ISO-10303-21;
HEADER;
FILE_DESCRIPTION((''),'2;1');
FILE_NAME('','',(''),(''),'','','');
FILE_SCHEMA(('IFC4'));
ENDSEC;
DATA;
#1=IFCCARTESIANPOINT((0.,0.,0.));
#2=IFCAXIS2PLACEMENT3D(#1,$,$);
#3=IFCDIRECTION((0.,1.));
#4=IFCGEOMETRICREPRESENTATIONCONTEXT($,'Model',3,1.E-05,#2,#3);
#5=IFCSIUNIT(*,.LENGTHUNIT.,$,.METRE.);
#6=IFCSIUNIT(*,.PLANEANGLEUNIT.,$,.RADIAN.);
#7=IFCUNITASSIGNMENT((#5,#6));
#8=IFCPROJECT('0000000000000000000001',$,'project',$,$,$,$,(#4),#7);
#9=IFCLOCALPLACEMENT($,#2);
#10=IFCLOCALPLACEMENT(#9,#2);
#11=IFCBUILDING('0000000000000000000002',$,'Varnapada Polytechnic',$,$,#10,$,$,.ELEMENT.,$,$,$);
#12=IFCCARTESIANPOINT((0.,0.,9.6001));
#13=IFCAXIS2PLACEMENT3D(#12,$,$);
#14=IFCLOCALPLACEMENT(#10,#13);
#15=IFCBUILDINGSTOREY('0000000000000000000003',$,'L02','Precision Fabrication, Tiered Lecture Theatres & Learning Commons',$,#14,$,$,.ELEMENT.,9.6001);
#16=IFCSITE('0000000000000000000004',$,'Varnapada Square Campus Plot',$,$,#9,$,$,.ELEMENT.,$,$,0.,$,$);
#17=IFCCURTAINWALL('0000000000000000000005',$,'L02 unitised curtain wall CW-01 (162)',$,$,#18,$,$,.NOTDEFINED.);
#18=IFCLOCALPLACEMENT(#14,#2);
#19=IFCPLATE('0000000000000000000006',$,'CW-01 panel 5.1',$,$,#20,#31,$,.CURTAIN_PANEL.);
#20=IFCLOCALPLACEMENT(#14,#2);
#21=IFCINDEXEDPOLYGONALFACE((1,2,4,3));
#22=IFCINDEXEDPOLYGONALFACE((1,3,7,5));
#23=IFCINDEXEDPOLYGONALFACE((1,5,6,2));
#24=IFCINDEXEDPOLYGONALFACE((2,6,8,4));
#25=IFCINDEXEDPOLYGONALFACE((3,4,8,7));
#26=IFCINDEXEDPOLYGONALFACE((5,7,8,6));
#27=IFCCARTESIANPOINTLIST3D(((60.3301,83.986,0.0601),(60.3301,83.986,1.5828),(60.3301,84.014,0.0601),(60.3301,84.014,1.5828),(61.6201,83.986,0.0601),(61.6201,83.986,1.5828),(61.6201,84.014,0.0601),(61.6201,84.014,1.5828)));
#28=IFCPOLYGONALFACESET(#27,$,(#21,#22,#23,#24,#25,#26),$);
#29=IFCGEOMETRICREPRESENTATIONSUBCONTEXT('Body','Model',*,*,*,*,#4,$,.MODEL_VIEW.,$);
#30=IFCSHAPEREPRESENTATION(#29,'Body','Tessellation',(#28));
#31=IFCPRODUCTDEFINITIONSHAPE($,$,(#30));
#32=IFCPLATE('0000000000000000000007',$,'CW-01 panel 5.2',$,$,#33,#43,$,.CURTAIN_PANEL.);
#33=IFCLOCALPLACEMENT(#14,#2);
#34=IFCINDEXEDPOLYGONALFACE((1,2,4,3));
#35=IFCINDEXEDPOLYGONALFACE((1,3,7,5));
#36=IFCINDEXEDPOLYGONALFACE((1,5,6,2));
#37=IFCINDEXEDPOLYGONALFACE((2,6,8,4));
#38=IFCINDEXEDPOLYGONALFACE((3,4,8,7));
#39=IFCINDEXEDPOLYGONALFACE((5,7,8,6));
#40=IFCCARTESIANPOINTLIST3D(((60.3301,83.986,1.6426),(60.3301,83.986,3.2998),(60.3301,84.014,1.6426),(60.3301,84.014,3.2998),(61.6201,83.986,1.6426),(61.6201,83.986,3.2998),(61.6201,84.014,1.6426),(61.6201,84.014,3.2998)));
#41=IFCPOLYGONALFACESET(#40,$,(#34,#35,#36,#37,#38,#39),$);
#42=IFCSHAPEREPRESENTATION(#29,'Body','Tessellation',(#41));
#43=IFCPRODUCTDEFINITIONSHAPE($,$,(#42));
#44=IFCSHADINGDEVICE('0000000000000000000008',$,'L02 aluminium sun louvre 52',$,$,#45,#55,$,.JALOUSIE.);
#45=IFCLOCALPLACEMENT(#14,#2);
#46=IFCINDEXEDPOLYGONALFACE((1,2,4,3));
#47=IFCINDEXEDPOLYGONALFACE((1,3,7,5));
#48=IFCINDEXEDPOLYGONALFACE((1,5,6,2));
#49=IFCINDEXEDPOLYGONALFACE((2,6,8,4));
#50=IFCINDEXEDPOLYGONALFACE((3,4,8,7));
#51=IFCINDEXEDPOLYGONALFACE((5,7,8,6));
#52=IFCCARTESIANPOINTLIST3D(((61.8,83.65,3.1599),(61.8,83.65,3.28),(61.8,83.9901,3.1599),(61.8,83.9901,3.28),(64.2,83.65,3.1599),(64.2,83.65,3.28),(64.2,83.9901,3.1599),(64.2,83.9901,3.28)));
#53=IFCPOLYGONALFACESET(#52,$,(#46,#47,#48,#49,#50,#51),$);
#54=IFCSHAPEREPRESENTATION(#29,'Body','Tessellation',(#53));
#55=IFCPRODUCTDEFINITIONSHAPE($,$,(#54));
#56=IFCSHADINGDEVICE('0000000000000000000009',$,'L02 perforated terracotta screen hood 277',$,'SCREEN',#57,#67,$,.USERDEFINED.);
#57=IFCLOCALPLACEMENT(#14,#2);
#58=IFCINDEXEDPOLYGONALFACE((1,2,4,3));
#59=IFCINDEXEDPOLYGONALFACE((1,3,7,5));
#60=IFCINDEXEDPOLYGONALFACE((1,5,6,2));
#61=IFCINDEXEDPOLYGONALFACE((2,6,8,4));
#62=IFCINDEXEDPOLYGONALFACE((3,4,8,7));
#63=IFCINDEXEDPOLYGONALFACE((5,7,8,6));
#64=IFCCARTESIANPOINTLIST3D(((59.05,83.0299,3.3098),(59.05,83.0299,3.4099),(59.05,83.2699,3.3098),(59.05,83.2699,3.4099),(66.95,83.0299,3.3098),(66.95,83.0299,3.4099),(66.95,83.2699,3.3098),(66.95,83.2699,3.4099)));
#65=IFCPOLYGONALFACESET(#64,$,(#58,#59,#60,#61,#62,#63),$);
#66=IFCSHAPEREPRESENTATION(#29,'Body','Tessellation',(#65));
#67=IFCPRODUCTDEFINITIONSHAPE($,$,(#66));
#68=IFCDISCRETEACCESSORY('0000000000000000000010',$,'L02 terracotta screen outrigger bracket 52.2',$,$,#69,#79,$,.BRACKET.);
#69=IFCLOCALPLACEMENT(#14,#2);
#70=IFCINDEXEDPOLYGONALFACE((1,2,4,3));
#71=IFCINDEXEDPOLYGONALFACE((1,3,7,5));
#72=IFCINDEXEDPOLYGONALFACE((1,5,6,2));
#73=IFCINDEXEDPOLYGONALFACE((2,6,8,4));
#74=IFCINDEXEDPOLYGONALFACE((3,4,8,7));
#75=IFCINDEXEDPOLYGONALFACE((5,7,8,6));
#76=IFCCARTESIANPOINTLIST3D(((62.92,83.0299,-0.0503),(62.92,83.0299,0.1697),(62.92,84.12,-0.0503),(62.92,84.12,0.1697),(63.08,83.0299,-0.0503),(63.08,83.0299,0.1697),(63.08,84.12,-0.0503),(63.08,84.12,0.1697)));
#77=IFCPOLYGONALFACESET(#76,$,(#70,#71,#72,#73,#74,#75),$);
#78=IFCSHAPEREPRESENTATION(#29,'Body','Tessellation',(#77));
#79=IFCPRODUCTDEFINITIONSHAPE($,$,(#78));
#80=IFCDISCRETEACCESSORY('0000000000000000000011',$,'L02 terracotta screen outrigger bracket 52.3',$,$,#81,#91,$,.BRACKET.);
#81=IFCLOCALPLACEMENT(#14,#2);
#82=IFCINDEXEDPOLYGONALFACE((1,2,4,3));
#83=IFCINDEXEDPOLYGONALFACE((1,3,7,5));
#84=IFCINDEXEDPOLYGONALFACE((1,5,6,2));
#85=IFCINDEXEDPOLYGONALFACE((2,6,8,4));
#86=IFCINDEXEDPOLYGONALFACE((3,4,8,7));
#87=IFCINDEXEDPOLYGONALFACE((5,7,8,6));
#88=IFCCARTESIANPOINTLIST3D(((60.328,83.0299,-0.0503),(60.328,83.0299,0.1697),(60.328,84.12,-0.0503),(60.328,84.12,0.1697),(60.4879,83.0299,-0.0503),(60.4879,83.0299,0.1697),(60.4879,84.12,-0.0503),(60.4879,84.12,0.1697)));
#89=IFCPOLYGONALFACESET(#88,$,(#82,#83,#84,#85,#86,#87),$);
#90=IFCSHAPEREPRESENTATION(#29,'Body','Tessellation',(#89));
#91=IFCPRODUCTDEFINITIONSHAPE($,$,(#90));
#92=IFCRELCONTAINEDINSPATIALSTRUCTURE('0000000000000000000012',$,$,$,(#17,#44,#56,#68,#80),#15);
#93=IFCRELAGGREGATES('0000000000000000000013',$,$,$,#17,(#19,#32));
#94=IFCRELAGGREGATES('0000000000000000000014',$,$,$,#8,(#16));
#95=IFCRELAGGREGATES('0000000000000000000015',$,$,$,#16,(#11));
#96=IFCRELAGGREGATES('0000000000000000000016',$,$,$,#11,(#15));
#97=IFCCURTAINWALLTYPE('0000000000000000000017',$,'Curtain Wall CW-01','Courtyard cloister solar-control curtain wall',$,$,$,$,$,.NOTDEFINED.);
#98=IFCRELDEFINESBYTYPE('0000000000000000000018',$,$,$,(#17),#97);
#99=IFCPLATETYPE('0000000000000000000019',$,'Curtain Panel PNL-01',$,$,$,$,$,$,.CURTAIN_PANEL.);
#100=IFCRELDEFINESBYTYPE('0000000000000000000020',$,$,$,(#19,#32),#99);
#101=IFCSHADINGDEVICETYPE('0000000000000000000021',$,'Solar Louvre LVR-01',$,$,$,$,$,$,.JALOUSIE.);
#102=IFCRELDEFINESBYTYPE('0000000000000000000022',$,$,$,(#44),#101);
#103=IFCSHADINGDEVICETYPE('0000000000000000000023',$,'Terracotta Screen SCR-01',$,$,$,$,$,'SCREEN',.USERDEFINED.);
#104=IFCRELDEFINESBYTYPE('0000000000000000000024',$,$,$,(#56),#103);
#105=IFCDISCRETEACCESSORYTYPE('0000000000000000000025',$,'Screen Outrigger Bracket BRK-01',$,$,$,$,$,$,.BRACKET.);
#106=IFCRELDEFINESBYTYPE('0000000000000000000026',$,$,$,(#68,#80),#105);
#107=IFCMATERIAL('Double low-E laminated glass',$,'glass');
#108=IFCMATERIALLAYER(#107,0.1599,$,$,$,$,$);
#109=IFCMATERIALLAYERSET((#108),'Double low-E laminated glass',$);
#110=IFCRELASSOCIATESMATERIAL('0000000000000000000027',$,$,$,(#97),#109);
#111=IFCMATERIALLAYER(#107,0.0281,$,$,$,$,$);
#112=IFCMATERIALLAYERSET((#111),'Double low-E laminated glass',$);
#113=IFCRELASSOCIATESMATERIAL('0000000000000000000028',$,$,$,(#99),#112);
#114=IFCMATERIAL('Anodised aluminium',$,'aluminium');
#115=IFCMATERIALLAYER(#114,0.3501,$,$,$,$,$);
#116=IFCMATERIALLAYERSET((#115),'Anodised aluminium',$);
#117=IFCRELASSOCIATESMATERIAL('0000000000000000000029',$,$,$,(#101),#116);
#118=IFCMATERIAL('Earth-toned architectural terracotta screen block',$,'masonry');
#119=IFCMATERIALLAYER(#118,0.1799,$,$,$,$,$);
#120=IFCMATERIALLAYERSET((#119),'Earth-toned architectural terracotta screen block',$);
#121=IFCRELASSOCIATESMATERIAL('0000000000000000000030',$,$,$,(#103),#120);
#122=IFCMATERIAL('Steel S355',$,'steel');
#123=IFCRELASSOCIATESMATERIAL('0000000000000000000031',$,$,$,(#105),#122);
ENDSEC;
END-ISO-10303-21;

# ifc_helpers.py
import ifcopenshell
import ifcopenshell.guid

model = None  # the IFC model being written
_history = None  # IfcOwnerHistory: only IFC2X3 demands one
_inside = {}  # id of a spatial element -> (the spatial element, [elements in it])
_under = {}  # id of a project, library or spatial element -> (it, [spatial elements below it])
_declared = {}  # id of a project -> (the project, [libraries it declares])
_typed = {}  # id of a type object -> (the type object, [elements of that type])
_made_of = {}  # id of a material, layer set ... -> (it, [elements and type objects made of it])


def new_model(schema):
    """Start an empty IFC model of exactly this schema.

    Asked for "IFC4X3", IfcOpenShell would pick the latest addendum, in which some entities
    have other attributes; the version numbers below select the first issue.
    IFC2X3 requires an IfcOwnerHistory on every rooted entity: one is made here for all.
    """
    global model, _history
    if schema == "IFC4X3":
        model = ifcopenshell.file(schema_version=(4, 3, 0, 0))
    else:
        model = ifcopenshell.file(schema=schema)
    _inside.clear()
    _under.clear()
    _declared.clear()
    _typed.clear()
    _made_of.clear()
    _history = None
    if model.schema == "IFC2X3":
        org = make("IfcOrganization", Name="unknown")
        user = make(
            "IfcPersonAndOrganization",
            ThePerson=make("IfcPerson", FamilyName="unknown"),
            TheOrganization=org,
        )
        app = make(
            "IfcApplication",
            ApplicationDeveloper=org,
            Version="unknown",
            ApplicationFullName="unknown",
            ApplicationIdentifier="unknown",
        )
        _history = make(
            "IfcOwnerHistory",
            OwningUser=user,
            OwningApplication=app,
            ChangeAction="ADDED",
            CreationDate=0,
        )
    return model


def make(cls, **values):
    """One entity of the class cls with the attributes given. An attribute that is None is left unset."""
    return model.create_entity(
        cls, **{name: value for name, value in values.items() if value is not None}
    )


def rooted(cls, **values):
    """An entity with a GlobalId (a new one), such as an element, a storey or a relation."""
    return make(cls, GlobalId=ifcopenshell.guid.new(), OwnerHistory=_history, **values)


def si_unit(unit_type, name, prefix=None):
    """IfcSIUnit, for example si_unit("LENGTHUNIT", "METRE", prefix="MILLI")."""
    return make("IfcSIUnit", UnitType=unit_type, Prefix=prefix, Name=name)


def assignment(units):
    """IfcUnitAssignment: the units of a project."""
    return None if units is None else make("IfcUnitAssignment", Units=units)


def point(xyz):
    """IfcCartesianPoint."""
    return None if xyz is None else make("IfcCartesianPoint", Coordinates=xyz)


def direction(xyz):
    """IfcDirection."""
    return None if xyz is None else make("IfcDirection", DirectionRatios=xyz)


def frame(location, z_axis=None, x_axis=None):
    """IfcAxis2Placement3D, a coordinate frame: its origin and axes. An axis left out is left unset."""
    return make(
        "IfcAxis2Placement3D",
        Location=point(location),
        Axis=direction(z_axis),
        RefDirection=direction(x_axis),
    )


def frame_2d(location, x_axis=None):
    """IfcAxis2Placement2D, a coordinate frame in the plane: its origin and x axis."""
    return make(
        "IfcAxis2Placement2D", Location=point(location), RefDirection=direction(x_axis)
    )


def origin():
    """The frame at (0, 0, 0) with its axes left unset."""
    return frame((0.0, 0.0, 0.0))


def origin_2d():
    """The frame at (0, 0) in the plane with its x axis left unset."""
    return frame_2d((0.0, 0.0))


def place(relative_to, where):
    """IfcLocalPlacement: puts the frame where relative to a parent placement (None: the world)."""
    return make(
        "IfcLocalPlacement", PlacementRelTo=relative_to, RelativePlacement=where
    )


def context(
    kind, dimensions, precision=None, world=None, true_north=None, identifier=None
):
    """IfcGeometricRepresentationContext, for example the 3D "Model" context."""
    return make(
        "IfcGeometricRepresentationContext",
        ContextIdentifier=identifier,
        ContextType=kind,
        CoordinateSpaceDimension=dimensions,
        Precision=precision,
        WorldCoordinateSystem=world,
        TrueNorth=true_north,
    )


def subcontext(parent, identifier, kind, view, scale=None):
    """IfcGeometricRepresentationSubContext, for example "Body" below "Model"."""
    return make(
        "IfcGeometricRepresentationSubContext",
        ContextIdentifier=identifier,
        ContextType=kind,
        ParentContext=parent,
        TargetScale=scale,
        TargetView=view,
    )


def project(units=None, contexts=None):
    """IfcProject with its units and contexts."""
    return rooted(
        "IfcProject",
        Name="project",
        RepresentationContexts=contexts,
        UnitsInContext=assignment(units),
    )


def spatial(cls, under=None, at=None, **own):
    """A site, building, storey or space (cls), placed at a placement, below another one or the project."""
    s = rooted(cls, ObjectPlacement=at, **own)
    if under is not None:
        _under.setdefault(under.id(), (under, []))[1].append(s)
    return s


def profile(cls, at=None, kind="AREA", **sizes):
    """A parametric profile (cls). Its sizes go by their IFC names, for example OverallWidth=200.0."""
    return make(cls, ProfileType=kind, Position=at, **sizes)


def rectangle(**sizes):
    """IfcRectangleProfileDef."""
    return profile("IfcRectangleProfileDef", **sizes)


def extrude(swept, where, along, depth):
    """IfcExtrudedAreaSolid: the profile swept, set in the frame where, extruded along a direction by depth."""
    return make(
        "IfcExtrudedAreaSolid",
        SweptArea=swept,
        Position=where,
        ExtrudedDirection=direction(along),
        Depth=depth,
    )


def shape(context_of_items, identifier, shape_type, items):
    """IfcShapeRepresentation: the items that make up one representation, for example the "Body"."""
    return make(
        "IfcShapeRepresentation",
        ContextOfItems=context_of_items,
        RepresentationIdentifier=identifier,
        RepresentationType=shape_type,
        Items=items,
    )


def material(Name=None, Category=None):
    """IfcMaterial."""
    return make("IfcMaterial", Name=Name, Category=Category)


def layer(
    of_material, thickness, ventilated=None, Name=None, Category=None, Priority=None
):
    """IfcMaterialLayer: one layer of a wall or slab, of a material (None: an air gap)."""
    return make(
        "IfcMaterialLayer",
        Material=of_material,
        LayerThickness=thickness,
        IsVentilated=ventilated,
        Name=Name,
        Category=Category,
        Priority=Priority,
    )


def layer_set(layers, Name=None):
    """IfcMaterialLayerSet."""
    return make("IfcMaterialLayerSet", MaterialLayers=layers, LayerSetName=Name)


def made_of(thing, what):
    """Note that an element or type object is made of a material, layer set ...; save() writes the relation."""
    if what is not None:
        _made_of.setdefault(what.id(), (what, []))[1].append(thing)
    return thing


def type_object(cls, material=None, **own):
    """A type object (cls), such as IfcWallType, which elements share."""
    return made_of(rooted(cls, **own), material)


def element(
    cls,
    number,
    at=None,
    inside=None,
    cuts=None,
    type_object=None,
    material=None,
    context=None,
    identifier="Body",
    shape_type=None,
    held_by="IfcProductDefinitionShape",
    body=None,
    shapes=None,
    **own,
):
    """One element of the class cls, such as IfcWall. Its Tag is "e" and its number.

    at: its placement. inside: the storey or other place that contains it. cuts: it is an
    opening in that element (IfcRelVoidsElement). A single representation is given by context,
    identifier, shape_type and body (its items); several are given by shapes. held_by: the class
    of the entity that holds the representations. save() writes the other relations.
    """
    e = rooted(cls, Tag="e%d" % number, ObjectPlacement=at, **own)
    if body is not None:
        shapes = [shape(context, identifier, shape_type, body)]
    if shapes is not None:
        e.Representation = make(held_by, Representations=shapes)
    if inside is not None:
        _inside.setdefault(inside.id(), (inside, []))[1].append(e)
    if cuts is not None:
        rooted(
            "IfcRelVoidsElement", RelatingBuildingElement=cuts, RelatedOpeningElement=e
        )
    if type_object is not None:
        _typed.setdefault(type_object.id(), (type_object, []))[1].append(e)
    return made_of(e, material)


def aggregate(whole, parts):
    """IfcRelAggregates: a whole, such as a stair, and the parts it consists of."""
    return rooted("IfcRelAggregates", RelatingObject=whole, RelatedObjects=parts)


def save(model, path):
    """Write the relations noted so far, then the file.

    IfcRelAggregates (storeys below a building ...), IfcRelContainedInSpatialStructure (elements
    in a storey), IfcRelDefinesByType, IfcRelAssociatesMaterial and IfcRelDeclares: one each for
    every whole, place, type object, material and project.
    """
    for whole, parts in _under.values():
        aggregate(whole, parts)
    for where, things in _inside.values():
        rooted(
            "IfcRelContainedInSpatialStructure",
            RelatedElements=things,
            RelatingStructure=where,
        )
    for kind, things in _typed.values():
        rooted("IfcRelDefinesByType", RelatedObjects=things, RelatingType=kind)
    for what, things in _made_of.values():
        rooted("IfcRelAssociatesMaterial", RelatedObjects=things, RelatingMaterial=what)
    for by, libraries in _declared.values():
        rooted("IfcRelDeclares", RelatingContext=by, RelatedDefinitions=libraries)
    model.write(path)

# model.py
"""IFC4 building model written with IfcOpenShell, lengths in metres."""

from ifc_helpers import new_model, si_unit, direction, frame, origin, origin_2d, place, context, subcontext, project, spatial, rectangle, extrude, material, layer, layer_set, type_object, element, aggregate, save


model = new_model("IFC4")

# Units and contexts
model_context = context("Model", 3, precision=1e-05, world=origin(), true_north=direction((0.0, 1.0)))
body_context = subcontext(model_context, "Body", "Model", "MODEL_VIEW")
ifc_project = project(units=[si_unit("LENGTHUNIT", "METRE"), si_unit("PLANEANGLEUNIT", "RADIAN")], contexts=[model_context])

# Site, building, storey
site_placement = place(None, origin())
site = spatial("IfcSite", under=ifc_project, at=site_placement, Name="Varnapada Square Campus Plot", CompositionType="ELEMENT", RefElevation=0.0)
building_placement = place(site_placement, origin())
building = spatial("IfcBuilding", under=site, at=building_placement, Name="Varnapada Polytechnic", CompositionType="ELEMENT")
storey_placement = place(building_placement, frame((0.0, 0.0, 9.6001)))
storey = spatial("IfcBuildingStorey", under=building, at=storey_placement, Name="L02", Description="Precision Fabrication, Tiered Lecture Theatres & Learning Commons", CompositionType="ELEMENT", Elevation=9.6001)

# Curtain wall, plates
ifc_material_1 = material(Name="Double low-E laminated glass", Category="glass")
ifc_layer_1 = layer(ifc_material_1, 0.1599)
ifc_layer_set_1 = layer_set([ifc_layer_1], Name="Double low-E laminated glass")
curtain_wall_type = type_object("IfcCurtainWallType", Name="Curtain Wall CW-01", Description="Courtyard cloister solar-control curtain wall", PredefinedType="NOTDEFINED", material=ifc_layer_set_1)
curtain_wall_placement = place(storey_placement, origin())
curtain_wall = element("IfcCurtainWall", 1, at=curtain_wall_placement, inside=storey, type_object=curtain_wall_type, Name="L02 unitised curtain wall CW-01 (162)", PredefinedType="NOTDEFINED")
ifc_material_2 = material(Name="Anodised aluminium", Category="aluminium")
ifc_layer_2 = layer(ifc_material_1, 0.0281)
ifc_layer_set_2 = layer_set([ifc_layer_2], Name="Double low-E laminated glass")
plate_type = type_object("IfcPlateType", Name="Curtain Panel PNL-01", PredefinedType="CURTAIN_PANEL", material=ifc_layer_set_2)
plate_1_placement = place(storey_placement, frame((60.9751, 84.0, 0.0601), z_axis=(0.0, 0.0, 1.0), x_axis=(-1.0, 0.0, 0.0)))
plate_1 = element("IfcPlate", 2, at=plate_1_placement, type_object=plate_type, Name="CW-01 panel 5.1", PredefinedType="CURTAIN_PANEL", context=body_context, shape_type="SweptSolid", body=[
    extrude(rectangle(XDim=1.29, YDim=0.0281, at=origin_2d()), origin(), (0.0, 0.0, 1.0), 1.5227),
])
plate_2_placement = place(storey_placement, frame((60.9751, 84.0, 1.6426), z_axis=(0.0, 0.0, 1.0), x_axis=(-1.0, 0.0, 0.0)))
plate_2 = element("IfcPlate", 3, at=plate_2_placement, type_object=plate_type, Name="CW-01 panel 5.2", PredefinedType="CURTAIN_PANEL", context=body_context, shape_type="SweptSolid", body=[
    extrude(rectangle(XDim=1.29, YDim=0.0281, at=origin_2d()), origin(), (0.0, 0.0, 1.0), 1.6572),
])
aggregate(curtain_wall, [plate_1, plate_2])

# Shading devices
ifc_layer_3 = layer(ifc_material_2, 0.3501)
ifc_layer_set_3 = layer_set([ifc_layer_3], Name="Anodised aluminium")
shading_device_type_1 = type_object("IfcShadingDeviceType", Name="Solar Louvre LVR-01", PredefinedType="JALOUSIE", material=ifc_layer_set_3)
shading_device_1_placement = place(storey_placement, frame((63.0, 83.8201, 3.1599), z_axis=(0.0, 0.0, 1.0), x_axis=(-1.0, 0.0, 0.0)))
element("IfcShadingDevice", 4, at=shading_device_1_placement, inside=storey, type_object=shading_device_type_1, Name="L02 aluminium sun louvre 52", PredefinedType="JALOUSIE", context=body_context, shape_type="SweptSolid", body=[
    extrude(rectangle(XDim=2.3999, YDim=0.3401, at=origin_2d()), origin(), (0.0, 0.0, 1.0), 0.1201),
])
ifc_material_3 = material(Name="Earth-toned architectural terracotta screen block", Category="masonry")
ifc_layer_4 = layer(ifc_material_3, 0.1799)
ifc_layer_set_4 = layer_set([ifc_layer_4], Name="Earth-toned architectural terracotta screen block")
shading_device_type_2 = type_object("IfcShadingDeviceType", Name="Terracotta Screen SCR-01", ElementType="SCREEN", PredefinedType="USERDEFINED", material=ifc_layer_set_4)
shading_device_2_placement = place(storey_placement, frame((63.0, 83.1499, 3.3098), z_axis=(0.0, 0.0, 1.0), x_axis=(-1.0, 0.0, 0.0)))
element("IfcShadingDevice", 5, at=shading_device_2_placement, inside=storey, type_object=shading_device_type_2, Name="L02 perforated terracotta screen hood 277", ObjectType="SCREEN", PredefinedType="USERDEFINED", context=body_context, shape_type="SweptSolid", body=[
    extrude(rectangle(XDim=7.8999, YDim=0.24, at=origin_2d()), origin(), (0.0, 0.0, 1.0), 0.1001),
])

# Discrete accessories
ifc_material_4 = material(Name="Steel S355", Category="steel")
discrete_accessory_type = type_object("IfcDiscreteAccessoryType", Name="Screen Outrigger Bracket BRK-01", PredefinedType="BRACKET", material=ifc_material_4)
for number, where, z_axis, x_axis, name in (
    (6, (63.0, 83.575, -0.0503), (0.0, 0.0, 1.0), (-1.0, 0.0, 0.0), "L02 terracotta screen outrigger bracket 52.2"),
    (7, (60.408, 83.575, -0.0503), (0.0, 0.0, 1.0), (-1.0, 0.0, 0.0), "L02 terracotta screen outrigger bracket 52.3"),
):
    element("IfcDiscreteAccessory", number, at=place(storey_placement, frame(where, z_axis=z_axis, x_axis=x_axis)), inside=storey, type_object=discrete_accessory_type, Name=name, PredefinedType="BRACKET", context=body_context, shape_type="SweptSolid", body=[
        extrude(rectangle(XDim=0.1599, YDim=1.0901, at=origin_2d()), origin(), (0.0, 0.0, 1.0), 0.22),
    ])

save(model, "model.ifc")
